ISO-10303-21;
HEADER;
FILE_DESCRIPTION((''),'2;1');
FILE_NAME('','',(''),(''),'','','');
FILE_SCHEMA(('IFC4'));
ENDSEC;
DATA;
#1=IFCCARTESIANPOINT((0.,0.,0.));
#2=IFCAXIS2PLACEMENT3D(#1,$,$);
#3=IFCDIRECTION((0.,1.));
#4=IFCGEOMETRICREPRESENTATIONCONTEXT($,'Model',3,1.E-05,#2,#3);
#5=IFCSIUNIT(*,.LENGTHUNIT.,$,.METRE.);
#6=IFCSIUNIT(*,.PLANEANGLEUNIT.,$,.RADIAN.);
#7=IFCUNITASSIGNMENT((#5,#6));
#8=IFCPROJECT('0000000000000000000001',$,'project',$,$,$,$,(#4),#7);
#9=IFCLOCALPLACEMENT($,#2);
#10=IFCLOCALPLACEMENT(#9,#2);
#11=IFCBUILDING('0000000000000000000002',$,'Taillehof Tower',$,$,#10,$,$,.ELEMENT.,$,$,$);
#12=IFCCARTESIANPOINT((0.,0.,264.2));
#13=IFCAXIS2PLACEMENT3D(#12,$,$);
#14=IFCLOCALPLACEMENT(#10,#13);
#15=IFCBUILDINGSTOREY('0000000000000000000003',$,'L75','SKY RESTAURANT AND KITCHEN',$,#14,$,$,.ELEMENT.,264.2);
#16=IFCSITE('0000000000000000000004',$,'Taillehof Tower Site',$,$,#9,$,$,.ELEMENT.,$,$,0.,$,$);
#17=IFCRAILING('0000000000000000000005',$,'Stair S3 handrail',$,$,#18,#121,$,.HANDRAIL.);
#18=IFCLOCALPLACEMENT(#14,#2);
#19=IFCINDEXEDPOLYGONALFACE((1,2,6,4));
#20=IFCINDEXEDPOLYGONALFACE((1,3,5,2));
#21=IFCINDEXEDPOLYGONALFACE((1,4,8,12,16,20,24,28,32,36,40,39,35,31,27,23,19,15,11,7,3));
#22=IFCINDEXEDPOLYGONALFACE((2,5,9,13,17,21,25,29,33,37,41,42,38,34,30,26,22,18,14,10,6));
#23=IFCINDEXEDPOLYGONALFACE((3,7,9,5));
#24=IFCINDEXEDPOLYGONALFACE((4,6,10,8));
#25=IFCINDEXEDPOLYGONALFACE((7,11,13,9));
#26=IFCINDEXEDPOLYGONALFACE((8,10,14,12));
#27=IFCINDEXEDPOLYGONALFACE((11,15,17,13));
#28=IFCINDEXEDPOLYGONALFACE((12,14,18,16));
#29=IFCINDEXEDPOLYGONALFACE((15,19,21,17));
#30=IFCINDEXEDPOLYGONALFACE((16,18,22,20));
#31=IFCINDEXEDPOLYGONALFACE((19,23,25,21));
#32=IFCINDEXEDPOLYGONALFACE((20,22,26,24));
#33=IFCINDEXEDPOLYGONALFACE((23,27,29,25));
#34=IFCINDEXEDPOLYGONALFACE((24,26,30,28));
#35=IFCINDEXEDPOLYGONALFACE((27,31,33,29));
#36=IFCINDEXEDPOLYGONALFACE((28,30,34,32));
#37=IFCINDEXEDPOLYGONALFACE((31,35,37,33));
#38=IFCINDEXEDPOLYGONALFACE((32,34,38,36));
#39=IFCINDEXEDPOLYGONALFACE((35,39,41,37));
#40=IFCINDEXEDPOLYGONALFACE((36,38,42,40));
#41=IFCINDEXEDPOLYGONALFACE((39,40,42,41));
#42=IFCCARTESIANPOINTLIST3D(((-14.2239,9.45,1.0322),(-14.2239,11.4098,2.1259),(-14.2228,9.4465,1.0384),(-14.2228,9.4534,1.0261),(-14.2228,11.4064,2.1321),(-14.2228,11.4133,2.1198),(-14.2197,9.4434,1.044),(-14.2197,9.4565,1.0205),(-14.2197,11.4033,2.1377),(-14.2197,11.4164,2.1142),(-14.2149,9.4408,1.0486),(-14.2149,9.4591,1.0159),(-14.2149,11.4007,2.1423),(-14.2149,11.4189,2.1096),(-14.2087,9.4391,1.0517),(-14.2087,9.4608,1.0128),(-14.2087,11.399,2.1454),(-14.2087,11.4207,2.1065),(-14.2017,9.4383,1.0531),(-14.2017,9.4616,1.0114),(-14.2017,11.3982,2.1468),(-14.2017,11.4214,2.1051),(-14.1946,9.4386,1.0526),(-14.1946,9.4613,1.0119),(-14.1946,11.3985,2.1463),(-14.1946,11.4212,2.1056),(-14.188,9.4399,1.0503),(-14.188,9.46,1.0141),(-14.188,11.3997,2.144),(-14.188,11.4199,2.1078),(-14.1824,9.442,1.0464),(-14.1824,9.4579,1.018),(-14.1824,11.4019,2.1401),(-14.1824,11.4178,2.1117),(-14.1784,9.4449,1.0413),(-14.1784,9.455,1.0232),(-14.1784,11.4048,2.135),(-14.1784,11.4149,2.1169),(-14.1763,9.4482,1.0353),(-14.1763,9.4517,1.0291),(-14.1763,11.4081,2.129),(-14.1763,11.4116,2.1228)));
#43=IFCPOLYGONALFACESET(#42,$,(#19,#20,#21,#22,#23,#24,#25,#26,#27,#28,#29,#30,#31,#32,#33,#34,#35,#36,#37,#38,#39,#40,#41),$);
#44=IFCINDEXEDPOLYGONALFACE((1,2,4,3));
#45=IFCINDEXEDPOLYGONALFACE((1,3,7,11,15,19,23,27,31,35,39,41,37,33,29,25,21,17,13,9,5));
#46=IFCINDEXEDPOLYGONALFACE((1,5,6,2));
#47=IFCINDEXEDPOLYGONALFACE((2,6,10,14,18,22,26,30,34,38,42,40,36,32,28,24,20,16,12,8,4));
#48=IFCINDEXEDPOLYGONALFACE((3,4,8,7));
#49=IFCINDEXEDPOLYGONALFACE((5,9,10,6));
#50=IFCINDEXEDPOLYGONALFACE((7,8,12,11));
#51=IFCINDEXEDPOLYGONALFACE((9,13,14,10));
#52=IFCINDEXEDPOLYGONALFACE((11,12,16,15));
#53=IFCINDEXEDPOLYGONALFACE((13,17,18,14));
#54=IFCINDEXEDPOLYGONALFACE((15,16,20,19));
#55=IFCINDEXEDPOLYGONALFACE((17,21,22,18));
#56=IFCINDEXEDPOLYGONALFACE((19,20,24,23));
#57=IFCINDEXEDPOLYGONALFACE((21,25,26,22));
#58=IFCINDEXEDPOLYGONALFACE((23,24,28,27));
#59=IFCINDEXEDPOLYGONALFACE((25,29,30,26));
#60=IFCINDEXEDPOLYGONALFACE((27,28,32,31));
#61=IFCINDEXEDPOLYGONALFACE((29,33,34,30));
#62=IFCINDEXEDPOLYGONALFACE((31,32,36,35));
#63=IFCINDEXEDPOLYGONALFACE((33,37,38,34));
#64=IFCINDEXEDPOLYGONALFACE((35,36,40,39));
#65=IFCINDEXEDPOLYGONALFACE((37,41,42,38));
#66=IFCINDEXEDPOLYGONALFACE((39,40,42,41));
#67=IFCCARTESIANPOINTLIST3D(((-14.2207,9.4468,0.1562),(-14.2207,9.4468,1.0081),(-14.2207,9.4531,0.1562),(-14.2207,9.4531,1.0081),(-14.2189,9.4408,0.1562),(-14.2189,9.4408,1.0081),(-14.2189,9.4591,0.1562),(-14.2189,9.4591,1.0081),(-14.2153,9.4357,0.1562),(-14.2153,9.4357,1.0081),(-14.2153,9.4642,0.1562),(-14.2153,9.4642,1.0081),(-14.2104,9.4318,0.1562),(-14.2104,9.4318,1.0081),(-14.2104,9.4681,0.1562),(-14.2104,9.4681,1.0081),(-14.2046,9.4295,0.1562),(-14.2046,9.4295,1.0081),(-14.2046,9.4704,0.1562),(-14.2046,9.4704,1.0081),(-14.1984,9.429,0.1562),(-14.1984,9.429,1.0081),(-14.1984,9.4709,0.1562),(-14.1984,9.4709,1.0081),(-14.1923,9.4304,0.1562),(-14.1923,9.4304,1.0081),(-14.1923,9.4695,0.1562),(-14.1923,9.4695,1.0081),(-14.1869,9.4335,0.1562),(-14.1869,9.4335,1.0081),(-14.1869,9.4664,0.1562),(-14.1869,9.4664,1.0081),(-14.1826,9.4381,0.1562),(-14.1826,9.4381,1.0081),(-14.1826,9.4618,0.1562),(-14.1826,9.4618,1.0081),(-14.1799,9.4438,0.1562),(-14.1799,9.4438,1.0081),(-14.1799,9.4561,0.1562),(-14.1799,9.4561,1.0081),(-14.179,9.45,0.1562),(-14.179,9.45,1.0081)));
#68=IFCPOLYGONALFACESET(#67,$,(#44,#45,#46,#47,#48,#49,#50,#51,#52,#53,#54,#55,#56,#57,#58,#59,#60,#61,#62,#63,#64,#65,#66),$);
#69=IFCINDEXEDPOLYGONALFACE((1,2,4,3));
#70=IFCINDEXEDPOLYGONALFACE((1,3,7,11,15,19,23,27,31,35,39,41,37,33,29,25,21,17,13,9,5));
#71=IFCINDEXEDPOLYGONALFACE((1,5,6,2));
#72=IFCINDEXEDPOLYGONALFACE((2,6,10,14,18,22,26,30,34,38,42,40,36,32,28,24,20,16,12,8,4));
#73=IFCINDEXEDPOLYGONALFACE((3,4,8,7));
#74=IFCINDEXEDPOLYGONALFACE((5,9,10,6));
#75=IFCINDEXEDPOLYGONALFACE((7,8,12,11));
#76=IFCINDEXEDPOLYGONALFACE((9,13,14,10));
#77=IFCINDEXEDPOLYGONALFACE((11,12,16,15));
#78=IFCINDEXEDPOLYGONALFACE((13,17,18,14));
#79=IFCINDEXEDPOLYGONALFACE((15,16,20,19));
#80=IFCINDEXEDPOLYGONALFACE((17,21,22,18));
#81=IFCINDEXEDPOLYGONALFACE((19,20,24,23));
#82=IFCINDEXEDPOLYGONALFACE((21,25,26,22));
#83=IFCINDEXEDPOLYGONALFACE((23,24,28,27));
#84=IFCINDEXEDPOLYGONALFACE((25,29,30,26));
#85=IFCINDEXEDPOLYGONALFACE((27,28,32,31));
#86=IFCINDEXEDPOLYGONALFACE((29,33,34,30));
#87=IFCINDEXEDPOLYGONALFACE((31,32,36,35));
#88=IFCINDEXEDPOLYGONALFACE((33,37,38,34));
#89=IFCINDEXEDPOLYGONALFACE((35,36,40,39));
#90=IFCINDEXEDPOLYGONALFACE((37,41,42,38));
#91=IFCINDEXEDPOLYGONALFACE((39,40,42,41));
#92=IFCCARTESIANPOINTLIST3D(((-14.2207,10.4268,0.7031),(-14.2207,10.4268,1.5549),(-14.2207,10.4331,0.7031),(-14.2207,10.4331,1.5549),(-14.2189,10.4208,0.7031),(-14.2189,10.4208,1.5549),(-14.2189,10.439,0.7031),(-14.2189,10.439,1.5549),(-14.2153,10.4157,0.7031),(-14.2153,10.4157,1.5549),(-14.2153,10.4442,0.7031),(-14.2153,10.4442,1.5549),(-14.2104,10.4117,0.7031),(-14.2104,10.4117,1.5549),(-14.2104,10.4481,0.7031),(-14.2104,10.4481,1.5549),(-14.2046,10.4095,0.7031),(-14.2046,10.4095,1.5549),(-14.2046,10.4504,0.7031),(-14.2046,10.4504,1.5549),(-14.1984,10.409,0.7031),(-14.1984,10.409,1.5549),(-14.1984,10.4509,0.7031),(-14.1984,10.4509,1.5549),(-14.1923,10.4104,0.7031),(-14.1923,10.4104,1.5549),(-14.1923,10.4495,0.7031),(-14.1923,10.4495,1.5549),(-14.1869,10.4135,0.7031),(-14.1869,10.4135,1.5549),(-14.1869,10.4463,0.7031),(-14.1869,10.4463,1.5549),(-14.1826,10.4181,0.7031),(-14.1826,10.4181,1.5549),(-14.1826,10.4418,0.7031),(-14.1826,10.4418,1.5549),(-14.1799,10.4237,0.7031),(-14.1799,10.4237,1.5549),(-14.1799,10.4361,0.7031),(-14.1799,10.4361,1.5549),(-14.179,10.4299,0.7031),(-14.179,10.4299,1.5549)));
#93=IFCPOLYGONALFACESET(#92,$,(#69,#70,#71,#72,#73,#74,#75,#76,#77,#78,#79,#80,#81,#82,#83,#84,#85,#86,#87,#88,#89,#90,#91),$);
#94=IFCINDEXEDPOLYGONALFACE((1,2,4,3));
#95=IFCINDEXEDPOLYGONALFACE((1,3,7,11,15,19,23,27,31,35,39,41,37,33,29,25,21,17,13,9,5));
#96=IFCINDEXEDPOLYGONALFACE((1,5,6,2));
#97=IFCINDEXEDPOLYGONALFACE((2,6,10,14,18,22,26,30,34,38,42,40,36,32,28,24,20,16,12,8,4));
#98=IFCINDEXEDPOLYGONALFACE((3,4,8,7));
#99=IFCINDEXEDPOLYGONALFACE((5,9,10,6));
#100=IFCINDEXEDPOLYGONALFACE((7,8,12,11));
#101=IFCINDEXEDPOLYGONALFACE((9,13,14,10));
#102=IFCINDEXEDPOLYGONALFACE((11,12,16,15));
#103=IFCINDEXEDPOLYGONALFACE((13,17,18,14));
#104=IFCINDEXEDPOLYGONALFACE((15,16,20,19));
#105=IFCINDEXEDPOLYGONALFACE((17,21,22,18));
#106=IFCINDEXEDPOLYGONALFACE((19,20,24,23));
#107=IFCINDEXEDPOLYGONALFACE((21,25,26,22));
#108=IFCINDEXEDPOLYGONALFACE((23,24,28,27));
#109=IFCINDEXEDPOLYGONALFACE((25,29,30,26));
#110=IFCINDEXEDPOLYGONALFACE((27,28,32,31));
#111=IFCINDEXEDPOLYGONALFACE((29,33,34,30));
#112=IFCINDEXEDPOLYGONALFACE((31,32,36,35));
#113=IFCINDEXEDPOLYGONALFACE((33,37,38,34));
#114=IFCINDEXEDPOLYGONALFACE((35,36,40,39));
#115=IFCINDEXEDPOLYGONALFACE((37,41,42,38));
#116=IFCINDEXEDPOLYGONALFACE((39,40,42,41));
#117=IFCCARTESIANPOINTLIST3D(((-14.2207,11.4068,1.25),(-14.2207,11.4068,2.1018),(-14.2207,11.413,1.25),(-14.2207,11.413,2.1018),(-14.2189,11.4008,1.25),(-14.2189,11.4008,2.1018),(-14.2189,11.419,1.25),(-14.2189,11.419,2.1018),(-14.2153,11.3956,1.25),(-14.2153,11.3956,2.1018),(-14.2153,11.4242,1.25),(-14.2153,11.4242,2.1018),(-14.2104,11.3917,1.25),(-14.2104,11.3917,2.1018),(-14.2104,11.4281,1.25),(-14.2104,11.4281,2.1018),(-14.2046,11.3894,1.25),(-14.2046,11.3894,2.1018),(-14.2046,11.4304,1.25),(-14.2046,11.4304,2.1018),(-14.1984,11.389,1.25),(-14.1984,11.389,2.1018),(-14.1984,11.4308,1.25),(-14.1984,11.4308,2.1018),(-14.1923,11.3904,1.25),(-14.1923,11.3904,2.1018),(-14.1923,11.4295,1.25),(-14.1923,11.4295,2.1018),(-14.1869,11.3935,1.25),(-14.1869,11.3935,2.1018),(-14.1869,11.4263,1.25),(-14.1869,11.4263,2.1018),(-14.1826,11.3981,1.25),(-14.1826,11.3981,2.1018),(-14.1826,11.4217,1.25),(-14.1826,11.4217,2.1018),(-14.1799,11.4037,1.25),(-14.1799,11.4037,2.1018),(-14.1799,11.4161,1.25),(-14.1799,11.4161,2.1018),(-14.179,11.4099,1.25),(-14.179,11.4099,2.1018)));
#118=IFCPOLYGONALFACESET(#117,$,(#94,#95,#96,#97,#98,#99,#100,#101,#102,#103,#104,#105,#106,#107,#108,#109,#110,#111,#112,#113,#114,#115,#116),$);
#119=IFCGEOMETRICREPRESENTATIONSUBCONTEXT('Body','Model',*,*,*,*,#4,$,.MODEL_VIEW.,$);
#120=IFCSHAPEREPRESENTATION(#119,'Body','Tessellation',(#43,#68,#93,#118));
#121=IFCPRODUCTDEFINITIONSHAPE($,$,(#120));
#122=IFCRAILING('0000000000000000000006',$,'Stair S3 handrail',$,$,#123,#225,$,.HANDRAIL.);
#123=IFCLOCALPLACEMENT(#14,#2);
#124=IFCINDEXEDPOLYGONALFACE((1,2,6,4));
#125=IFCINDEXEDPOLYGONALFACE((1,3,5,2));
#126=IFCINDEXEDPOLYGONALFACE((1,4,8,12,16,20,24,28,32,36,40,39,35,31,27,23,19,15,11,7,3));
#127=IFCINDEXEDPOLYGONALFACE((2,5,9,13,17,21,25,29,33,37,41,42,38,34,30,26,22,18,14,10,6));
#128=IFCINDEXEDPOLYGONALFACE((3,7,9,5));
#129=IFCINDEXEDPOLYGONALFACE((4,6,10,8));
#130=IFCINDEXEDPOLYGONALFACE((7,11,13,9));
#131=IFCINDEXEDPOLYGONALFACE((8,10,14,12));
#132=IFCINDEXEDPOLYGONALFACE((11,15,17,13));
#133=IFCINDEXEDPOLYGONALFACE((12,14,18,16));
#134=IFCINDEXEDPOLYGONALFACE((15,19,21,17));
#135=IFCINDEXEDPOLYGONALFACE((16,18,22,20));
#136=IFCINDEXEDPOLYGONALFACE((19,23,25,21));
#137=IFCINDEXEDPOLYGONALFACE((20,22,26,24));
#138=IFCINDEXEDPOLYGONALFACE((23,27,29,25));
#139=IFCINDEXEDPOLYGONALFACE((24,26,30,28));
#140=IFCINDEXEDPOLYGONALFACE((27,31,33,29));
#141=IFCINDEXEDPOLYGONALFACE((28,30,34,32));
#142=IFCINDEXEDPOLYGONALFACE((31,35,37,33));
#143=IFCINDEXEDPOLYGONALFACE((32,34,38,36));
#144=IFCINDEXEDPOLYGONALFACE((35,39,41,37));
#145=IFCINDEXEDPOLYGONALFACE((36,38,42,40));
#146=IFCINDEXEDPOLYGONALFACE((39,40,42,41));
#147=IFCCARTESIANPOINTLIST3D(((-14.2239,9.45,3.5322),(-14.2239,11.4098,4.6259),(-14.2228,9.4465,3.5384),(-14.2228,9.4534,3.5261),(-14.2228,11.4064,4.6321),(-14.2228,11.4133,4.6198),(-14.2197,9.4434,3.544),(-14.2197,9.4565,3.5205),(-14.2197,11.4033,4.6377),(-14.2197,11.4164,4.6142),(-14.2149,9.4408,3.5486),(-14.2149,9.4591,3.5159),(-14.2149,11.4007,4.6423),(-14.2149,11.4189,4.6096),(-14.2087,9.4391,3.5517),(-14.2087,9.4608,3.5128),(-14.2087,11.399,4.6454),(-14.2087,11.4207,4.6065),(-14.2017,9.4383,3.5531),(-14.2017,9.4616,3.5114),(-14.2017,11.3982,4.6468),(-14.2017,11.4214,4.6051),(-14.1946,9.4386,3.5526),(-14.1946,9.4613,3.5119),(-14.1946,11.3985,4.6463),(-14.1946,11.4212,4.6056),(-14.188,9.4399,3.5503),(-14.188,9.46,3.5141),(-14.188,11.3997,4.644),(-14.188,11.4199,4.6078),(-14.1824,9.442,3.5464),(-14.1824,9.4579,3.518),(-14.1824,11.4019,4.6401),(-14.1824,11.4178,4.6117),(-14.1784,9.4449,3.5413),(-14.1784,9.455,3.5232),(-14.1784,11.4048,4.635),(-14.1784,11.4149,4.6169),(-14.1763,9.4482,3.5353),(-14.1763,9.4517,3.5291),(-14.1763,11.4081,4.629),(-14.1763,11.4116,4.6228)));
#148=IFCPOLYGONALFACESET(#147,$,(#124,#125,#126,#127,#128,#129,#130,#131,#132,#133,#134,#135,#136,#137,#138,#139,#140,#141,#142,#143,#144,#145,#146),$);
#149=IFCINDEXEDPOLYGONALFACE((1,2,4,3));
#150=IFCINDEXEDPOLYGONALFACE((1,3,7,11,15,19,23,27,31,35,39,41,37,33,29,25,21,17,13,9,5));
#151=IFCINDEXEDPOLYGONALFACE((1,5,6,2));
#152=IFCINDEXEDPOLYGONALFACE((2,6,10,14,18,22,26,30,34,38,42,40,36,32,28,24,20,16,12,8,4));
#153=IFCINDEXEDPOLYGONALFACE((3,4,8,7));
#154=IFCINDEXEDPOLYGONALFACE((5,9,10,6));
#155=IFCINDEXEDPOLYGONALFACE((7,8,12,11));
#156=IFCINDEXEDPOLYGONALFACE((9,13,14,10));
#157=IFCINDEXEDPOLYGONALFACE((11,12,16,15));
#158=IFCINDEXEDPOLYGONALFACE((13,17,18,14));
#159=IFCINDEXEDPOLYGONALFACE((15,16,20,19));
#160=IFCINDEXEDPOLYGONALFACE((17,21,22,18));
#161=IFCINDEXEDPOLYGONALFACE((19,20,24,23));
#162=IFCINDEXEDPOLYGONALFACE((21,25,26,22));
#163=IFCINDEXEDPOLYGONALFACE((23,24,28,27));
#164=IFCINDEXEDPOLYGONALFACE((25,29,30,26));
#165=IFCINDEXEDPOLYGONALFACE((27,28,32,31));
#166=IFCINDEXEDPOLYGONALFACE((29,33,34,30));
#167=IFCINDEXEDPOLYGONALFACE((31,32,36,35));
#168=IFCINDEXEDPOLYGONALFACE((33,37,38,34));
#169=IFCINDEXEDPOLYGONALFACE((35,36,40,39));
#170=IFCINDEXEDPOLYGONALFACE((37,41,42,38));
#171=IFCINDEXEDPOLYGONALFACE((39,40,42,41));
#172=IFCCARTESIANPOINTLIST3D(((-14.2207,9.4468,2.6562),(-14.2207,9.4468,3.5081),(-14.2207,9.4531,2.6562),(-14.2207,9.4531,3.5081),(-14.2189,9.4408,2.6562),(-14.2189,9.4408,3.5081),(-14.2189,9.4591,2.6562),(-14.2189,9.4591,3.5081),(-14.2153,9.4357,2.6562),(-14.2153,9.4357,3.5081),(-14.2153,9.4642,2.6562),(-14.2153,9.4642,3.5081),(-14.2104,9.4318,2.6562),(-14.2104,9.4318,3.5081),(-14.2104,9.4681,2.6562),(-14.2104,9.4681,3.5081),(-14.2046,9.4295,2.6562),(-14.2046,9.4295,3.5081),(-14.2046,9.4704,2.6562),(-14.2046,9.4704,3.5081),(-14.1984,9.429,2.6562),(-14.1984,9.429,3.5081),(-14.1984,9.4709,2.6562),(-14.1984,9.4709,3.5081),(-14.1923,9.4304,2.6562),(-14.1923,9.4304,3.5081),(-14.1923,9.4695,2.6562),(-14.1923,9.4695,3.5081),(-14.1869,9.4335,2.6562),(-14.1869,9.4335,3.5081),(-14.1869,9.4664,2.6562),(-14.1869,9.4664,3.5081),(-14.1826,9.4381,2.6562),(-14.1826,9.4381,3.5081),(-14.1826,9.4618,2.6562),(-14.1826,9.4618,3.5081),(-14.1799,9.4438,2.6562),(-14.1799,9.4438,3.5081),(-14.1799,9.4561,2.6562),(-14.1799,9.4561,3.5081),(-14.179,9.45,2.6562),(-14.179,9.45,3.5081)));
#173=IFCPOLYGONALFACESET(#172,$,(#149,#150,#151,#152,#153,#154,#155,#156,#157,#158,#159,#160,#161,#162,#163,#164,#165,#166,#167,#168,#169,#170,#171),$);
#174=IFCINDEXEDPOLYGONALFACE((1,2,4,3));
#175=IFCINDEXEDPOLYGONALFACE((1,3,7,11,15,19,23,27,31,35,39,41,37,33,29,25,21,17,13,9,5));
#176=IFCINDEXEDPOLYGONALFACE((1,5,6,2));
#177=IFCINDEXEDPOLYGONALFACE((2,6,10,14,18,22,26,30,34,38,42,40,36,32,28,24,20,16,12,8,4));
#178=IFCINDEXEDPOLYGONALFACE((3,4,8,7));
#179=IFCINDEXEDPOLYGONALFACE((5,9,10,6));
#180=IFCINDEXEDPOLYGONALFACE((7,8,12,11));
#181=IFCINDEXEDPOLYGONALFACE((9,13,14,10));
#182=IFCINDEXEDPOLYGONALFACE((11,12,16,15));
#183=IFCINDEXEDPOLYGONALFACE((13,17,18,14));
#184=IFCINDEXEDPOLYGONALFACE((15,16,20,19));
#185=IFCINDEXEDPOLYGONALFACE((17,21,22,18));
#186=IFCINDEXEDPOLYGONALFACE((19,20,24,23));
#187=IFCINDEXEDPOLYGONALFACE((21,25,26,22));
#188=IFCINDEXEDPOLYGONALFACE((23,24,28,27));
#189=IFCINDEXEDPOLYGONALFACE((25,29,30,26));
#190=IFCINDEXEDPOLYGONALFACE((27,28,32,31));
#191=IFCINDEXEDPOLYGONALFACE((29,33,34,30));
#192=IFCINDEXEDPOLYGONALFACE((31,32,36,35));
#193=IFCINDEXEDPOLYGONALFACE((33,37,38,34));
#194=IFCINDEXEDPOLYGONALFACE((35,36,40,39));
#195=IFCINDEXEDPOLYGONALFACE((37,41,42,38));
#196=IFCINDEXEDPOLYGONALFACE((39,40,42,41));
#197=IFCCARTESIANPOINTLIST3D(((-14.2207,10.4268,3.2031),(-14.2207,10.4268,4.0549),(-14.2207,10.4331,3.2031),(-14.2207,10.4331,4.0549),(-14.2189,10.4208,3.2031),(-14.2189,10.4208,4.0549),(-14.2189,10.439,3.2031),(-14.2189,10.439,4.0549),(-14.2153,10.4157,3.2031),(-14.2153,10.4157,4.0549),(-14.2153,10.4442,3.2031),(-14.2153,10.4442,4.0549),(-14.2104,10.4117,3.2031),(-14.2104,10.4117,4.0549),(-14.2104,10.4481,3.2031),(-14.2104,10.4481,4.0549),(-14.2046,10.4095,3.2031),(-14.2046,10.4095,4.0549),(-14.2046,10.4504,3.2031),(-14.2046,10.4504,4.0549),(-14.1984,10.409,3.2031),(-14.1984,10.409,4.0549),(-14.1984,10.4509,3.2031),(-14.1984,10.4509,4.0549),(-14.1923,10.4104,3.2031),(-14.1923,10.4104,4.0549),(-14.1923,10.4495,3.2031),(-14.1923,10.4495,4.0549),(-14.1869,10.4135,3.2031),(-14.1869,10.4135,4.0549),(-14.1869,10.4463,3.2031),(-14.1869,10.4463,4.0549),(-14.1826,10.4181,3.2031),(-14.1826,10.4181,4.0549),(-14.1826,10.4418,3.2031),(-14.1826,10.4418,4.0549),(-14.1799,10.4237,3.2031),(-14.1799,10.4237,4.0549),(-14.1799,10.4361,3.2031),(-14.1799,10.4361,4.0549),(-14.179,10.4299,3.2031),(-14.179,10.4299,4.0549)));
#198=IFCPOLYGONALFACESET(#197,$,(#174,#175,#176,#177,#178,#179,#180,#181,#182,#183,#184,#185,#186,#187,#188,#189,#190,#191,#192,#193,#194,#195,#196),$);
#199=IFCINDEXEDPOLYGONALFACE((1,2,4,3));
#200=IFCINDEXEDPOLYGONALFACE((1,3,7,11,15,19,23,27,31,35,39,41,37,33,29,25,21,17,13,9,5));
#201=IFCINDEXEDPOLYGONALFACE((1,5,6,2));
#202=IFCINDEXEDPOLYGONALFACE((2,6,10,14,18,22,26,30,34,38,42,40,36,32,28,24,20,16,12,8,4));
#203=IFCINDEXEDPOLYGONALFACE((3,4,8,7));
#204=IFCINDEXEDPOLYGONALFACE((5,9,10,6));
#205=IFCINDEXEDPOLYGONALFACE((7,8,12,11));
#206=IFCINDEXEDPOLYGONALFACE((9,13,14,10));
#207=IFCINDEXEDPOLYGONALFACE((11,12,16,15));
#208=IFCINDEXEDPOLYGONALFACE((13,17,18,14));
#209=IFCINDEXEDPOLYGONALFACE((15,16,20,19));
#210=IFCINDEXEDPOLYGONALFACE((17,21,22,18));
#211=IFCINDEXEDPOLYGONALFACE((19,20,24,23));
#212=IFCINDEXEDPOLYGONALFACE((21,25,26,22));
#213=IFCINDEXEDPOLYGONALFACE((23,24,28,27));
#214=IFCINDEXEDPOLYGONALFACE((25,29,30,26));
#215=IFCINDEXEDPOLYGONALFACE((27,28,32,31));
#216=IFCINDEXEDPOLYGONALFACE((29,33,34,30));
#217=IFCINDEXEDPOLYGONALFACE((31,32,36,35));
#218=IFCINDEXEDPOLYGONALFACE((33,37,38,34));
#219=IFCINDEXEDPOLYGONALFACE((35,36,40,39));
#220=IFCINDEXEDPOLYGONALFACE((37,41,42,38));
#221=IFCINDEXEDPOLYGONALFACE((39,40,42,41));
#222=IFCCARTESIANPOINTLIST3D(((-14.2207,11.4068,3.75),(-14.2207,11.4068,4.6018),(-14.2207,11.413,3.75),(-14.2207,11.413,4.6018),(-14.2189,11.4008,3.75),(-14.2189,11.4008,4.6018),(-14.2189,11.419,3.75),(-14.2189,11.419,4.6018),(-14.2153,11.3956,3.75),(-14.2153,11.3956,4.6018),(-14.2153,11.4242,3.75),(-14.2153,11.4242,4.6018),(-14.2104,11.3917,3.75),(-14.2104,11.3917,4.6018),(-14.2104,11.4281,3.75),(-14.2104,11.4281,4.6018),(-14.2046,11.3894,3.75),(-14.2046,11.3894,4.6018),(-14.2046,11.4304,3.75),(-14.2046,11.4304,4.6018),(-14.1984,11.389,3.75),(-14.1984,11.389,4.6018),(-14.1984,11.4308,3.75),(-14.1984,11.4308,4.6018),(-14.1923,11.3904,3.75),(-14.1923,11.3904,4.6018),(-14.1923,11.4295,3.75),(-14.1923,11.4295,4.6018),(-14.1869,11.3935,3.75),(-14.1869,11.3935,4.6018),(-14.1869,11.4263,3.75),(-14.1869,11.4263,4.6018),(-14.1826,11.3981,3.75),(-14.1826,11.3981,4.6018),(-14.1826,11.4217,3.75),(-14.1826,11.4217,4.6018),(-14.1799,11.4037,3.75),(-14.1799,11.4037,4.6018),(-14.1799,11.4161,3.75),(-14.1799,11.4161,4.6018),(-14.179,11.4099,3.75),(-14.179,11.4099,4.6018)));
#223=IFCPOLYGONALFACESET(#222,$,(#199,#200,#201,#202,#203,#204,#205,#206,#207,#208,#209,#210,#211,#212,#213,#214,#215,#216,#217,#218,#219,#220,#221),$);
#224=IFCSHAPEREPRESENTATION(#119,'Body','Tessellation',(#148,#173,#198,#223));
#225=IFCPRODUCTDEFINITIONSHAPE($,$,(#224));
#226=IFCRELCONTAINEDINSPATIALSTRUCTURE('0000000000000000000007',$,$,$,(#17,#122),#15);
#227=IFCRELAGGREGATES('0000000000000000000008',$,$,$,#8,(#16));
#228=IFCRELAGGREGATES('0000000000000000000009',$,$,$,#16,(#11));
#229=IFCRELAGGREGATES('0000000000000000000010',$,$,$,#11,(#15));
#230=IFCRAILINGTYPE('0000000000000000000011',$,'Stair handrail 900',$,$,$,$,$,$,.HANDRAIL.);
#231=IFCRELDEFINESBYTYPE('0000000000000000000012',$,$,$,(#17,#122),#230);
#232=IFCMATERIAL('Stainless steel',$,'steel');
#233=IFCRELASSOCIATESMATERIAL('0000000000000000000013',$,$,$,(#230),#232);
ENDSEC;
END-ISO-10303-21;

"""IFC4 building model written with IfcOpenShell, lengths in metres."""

from ifc_helpers import new_model, si_unit, direction, frame, origin, origin_2d, place, context, subcontext, project, spatial, circle, extrude, material, type_object, element, save


model = new_model("IFC4")

# Units and contexts
model_context = context("Model", 3, precision=1e-05, world=origin(), true_north=direction((0.0, 1.0)))
body_context = subcontext(model_context, "Body", "Model", "MODEL_VIEW")
ifc_project = project(units=[si_unit("LENGTHUNIT", "METRE"), si_unit("PLANEANGLEUNIT", "RADIAN")], contexts=[model_context])

# Site, building, storey
site_placement = place(None, origin())
site = spatial("IfcSite", under=ifc_project, at=site_placement, Name="Taillehof Tower Site", CompositionType="ELEMENT", RefElevation=0.0)
building_placement = place(site_placement, origin())
building = spatial("IfcBuilding", under=site, at=building_placement, Name="Taillehof Tower", CompositionType="ELEMENT")
storey_placement = place(building_placement, frame((0.0, 0.0, 264.2)))
storey = spatial("IfcBuildingStorey", under=building, at=storey_placement, Name="L75", Description="SKY RESTAURANT AND KITCHEN", CompositionType="ELEMENT", Elevation=264.2)

# Railings
ifc_material_1 = material(Name="Stainless steel", Category="steel")
railing_type = type_object("IfcRailingType", Name="Stair handrail 900", PredefinedType="HANDRAIL", material=ifc_material_1)
for number, where, name in (
    (1, (-14.2, 9.45, 0.1562), "Stair S3 handrail"),
    (2, (-14.2, 9.45, 2.6562), "Stair S3 handrail"),
):
    element("IfcRailing", number, at=place(storey_placement, frame(where)), inside=storey, type_object=railing_type, Name=name, PredefinedType="HANDRAIL", context=body_context, shape_type="SweptSolid", body=[
        extrude(circle(Radius=0.0239, at=origin_2d()), frame((0.0, 0.0, 0.876), z_axis=(0.0, 0.873232, 0.487304), x_axis=(-1.0, 0.0, 0.0)), (0.0, 0.0, 1.0), 2.2444),
        extrude(circle(Radius=0.021, at=origin_2d()), origin(), (0.0, 0.0, 1.0), 0.8518),
        extrude(circle(Radius=0.021, at=origin_2d()), frame((0.0, 0.98, 0.5469)), (0.0, 0.0, 1.0), 0.8518),
        extrude(circle(Radius=0.021, at=origin_2d()), frame((0.0, 1.96, 1.0938)), (0.0, 0.0, 1.0), 0.8518),
    ])

save(model, "model.ifc")
